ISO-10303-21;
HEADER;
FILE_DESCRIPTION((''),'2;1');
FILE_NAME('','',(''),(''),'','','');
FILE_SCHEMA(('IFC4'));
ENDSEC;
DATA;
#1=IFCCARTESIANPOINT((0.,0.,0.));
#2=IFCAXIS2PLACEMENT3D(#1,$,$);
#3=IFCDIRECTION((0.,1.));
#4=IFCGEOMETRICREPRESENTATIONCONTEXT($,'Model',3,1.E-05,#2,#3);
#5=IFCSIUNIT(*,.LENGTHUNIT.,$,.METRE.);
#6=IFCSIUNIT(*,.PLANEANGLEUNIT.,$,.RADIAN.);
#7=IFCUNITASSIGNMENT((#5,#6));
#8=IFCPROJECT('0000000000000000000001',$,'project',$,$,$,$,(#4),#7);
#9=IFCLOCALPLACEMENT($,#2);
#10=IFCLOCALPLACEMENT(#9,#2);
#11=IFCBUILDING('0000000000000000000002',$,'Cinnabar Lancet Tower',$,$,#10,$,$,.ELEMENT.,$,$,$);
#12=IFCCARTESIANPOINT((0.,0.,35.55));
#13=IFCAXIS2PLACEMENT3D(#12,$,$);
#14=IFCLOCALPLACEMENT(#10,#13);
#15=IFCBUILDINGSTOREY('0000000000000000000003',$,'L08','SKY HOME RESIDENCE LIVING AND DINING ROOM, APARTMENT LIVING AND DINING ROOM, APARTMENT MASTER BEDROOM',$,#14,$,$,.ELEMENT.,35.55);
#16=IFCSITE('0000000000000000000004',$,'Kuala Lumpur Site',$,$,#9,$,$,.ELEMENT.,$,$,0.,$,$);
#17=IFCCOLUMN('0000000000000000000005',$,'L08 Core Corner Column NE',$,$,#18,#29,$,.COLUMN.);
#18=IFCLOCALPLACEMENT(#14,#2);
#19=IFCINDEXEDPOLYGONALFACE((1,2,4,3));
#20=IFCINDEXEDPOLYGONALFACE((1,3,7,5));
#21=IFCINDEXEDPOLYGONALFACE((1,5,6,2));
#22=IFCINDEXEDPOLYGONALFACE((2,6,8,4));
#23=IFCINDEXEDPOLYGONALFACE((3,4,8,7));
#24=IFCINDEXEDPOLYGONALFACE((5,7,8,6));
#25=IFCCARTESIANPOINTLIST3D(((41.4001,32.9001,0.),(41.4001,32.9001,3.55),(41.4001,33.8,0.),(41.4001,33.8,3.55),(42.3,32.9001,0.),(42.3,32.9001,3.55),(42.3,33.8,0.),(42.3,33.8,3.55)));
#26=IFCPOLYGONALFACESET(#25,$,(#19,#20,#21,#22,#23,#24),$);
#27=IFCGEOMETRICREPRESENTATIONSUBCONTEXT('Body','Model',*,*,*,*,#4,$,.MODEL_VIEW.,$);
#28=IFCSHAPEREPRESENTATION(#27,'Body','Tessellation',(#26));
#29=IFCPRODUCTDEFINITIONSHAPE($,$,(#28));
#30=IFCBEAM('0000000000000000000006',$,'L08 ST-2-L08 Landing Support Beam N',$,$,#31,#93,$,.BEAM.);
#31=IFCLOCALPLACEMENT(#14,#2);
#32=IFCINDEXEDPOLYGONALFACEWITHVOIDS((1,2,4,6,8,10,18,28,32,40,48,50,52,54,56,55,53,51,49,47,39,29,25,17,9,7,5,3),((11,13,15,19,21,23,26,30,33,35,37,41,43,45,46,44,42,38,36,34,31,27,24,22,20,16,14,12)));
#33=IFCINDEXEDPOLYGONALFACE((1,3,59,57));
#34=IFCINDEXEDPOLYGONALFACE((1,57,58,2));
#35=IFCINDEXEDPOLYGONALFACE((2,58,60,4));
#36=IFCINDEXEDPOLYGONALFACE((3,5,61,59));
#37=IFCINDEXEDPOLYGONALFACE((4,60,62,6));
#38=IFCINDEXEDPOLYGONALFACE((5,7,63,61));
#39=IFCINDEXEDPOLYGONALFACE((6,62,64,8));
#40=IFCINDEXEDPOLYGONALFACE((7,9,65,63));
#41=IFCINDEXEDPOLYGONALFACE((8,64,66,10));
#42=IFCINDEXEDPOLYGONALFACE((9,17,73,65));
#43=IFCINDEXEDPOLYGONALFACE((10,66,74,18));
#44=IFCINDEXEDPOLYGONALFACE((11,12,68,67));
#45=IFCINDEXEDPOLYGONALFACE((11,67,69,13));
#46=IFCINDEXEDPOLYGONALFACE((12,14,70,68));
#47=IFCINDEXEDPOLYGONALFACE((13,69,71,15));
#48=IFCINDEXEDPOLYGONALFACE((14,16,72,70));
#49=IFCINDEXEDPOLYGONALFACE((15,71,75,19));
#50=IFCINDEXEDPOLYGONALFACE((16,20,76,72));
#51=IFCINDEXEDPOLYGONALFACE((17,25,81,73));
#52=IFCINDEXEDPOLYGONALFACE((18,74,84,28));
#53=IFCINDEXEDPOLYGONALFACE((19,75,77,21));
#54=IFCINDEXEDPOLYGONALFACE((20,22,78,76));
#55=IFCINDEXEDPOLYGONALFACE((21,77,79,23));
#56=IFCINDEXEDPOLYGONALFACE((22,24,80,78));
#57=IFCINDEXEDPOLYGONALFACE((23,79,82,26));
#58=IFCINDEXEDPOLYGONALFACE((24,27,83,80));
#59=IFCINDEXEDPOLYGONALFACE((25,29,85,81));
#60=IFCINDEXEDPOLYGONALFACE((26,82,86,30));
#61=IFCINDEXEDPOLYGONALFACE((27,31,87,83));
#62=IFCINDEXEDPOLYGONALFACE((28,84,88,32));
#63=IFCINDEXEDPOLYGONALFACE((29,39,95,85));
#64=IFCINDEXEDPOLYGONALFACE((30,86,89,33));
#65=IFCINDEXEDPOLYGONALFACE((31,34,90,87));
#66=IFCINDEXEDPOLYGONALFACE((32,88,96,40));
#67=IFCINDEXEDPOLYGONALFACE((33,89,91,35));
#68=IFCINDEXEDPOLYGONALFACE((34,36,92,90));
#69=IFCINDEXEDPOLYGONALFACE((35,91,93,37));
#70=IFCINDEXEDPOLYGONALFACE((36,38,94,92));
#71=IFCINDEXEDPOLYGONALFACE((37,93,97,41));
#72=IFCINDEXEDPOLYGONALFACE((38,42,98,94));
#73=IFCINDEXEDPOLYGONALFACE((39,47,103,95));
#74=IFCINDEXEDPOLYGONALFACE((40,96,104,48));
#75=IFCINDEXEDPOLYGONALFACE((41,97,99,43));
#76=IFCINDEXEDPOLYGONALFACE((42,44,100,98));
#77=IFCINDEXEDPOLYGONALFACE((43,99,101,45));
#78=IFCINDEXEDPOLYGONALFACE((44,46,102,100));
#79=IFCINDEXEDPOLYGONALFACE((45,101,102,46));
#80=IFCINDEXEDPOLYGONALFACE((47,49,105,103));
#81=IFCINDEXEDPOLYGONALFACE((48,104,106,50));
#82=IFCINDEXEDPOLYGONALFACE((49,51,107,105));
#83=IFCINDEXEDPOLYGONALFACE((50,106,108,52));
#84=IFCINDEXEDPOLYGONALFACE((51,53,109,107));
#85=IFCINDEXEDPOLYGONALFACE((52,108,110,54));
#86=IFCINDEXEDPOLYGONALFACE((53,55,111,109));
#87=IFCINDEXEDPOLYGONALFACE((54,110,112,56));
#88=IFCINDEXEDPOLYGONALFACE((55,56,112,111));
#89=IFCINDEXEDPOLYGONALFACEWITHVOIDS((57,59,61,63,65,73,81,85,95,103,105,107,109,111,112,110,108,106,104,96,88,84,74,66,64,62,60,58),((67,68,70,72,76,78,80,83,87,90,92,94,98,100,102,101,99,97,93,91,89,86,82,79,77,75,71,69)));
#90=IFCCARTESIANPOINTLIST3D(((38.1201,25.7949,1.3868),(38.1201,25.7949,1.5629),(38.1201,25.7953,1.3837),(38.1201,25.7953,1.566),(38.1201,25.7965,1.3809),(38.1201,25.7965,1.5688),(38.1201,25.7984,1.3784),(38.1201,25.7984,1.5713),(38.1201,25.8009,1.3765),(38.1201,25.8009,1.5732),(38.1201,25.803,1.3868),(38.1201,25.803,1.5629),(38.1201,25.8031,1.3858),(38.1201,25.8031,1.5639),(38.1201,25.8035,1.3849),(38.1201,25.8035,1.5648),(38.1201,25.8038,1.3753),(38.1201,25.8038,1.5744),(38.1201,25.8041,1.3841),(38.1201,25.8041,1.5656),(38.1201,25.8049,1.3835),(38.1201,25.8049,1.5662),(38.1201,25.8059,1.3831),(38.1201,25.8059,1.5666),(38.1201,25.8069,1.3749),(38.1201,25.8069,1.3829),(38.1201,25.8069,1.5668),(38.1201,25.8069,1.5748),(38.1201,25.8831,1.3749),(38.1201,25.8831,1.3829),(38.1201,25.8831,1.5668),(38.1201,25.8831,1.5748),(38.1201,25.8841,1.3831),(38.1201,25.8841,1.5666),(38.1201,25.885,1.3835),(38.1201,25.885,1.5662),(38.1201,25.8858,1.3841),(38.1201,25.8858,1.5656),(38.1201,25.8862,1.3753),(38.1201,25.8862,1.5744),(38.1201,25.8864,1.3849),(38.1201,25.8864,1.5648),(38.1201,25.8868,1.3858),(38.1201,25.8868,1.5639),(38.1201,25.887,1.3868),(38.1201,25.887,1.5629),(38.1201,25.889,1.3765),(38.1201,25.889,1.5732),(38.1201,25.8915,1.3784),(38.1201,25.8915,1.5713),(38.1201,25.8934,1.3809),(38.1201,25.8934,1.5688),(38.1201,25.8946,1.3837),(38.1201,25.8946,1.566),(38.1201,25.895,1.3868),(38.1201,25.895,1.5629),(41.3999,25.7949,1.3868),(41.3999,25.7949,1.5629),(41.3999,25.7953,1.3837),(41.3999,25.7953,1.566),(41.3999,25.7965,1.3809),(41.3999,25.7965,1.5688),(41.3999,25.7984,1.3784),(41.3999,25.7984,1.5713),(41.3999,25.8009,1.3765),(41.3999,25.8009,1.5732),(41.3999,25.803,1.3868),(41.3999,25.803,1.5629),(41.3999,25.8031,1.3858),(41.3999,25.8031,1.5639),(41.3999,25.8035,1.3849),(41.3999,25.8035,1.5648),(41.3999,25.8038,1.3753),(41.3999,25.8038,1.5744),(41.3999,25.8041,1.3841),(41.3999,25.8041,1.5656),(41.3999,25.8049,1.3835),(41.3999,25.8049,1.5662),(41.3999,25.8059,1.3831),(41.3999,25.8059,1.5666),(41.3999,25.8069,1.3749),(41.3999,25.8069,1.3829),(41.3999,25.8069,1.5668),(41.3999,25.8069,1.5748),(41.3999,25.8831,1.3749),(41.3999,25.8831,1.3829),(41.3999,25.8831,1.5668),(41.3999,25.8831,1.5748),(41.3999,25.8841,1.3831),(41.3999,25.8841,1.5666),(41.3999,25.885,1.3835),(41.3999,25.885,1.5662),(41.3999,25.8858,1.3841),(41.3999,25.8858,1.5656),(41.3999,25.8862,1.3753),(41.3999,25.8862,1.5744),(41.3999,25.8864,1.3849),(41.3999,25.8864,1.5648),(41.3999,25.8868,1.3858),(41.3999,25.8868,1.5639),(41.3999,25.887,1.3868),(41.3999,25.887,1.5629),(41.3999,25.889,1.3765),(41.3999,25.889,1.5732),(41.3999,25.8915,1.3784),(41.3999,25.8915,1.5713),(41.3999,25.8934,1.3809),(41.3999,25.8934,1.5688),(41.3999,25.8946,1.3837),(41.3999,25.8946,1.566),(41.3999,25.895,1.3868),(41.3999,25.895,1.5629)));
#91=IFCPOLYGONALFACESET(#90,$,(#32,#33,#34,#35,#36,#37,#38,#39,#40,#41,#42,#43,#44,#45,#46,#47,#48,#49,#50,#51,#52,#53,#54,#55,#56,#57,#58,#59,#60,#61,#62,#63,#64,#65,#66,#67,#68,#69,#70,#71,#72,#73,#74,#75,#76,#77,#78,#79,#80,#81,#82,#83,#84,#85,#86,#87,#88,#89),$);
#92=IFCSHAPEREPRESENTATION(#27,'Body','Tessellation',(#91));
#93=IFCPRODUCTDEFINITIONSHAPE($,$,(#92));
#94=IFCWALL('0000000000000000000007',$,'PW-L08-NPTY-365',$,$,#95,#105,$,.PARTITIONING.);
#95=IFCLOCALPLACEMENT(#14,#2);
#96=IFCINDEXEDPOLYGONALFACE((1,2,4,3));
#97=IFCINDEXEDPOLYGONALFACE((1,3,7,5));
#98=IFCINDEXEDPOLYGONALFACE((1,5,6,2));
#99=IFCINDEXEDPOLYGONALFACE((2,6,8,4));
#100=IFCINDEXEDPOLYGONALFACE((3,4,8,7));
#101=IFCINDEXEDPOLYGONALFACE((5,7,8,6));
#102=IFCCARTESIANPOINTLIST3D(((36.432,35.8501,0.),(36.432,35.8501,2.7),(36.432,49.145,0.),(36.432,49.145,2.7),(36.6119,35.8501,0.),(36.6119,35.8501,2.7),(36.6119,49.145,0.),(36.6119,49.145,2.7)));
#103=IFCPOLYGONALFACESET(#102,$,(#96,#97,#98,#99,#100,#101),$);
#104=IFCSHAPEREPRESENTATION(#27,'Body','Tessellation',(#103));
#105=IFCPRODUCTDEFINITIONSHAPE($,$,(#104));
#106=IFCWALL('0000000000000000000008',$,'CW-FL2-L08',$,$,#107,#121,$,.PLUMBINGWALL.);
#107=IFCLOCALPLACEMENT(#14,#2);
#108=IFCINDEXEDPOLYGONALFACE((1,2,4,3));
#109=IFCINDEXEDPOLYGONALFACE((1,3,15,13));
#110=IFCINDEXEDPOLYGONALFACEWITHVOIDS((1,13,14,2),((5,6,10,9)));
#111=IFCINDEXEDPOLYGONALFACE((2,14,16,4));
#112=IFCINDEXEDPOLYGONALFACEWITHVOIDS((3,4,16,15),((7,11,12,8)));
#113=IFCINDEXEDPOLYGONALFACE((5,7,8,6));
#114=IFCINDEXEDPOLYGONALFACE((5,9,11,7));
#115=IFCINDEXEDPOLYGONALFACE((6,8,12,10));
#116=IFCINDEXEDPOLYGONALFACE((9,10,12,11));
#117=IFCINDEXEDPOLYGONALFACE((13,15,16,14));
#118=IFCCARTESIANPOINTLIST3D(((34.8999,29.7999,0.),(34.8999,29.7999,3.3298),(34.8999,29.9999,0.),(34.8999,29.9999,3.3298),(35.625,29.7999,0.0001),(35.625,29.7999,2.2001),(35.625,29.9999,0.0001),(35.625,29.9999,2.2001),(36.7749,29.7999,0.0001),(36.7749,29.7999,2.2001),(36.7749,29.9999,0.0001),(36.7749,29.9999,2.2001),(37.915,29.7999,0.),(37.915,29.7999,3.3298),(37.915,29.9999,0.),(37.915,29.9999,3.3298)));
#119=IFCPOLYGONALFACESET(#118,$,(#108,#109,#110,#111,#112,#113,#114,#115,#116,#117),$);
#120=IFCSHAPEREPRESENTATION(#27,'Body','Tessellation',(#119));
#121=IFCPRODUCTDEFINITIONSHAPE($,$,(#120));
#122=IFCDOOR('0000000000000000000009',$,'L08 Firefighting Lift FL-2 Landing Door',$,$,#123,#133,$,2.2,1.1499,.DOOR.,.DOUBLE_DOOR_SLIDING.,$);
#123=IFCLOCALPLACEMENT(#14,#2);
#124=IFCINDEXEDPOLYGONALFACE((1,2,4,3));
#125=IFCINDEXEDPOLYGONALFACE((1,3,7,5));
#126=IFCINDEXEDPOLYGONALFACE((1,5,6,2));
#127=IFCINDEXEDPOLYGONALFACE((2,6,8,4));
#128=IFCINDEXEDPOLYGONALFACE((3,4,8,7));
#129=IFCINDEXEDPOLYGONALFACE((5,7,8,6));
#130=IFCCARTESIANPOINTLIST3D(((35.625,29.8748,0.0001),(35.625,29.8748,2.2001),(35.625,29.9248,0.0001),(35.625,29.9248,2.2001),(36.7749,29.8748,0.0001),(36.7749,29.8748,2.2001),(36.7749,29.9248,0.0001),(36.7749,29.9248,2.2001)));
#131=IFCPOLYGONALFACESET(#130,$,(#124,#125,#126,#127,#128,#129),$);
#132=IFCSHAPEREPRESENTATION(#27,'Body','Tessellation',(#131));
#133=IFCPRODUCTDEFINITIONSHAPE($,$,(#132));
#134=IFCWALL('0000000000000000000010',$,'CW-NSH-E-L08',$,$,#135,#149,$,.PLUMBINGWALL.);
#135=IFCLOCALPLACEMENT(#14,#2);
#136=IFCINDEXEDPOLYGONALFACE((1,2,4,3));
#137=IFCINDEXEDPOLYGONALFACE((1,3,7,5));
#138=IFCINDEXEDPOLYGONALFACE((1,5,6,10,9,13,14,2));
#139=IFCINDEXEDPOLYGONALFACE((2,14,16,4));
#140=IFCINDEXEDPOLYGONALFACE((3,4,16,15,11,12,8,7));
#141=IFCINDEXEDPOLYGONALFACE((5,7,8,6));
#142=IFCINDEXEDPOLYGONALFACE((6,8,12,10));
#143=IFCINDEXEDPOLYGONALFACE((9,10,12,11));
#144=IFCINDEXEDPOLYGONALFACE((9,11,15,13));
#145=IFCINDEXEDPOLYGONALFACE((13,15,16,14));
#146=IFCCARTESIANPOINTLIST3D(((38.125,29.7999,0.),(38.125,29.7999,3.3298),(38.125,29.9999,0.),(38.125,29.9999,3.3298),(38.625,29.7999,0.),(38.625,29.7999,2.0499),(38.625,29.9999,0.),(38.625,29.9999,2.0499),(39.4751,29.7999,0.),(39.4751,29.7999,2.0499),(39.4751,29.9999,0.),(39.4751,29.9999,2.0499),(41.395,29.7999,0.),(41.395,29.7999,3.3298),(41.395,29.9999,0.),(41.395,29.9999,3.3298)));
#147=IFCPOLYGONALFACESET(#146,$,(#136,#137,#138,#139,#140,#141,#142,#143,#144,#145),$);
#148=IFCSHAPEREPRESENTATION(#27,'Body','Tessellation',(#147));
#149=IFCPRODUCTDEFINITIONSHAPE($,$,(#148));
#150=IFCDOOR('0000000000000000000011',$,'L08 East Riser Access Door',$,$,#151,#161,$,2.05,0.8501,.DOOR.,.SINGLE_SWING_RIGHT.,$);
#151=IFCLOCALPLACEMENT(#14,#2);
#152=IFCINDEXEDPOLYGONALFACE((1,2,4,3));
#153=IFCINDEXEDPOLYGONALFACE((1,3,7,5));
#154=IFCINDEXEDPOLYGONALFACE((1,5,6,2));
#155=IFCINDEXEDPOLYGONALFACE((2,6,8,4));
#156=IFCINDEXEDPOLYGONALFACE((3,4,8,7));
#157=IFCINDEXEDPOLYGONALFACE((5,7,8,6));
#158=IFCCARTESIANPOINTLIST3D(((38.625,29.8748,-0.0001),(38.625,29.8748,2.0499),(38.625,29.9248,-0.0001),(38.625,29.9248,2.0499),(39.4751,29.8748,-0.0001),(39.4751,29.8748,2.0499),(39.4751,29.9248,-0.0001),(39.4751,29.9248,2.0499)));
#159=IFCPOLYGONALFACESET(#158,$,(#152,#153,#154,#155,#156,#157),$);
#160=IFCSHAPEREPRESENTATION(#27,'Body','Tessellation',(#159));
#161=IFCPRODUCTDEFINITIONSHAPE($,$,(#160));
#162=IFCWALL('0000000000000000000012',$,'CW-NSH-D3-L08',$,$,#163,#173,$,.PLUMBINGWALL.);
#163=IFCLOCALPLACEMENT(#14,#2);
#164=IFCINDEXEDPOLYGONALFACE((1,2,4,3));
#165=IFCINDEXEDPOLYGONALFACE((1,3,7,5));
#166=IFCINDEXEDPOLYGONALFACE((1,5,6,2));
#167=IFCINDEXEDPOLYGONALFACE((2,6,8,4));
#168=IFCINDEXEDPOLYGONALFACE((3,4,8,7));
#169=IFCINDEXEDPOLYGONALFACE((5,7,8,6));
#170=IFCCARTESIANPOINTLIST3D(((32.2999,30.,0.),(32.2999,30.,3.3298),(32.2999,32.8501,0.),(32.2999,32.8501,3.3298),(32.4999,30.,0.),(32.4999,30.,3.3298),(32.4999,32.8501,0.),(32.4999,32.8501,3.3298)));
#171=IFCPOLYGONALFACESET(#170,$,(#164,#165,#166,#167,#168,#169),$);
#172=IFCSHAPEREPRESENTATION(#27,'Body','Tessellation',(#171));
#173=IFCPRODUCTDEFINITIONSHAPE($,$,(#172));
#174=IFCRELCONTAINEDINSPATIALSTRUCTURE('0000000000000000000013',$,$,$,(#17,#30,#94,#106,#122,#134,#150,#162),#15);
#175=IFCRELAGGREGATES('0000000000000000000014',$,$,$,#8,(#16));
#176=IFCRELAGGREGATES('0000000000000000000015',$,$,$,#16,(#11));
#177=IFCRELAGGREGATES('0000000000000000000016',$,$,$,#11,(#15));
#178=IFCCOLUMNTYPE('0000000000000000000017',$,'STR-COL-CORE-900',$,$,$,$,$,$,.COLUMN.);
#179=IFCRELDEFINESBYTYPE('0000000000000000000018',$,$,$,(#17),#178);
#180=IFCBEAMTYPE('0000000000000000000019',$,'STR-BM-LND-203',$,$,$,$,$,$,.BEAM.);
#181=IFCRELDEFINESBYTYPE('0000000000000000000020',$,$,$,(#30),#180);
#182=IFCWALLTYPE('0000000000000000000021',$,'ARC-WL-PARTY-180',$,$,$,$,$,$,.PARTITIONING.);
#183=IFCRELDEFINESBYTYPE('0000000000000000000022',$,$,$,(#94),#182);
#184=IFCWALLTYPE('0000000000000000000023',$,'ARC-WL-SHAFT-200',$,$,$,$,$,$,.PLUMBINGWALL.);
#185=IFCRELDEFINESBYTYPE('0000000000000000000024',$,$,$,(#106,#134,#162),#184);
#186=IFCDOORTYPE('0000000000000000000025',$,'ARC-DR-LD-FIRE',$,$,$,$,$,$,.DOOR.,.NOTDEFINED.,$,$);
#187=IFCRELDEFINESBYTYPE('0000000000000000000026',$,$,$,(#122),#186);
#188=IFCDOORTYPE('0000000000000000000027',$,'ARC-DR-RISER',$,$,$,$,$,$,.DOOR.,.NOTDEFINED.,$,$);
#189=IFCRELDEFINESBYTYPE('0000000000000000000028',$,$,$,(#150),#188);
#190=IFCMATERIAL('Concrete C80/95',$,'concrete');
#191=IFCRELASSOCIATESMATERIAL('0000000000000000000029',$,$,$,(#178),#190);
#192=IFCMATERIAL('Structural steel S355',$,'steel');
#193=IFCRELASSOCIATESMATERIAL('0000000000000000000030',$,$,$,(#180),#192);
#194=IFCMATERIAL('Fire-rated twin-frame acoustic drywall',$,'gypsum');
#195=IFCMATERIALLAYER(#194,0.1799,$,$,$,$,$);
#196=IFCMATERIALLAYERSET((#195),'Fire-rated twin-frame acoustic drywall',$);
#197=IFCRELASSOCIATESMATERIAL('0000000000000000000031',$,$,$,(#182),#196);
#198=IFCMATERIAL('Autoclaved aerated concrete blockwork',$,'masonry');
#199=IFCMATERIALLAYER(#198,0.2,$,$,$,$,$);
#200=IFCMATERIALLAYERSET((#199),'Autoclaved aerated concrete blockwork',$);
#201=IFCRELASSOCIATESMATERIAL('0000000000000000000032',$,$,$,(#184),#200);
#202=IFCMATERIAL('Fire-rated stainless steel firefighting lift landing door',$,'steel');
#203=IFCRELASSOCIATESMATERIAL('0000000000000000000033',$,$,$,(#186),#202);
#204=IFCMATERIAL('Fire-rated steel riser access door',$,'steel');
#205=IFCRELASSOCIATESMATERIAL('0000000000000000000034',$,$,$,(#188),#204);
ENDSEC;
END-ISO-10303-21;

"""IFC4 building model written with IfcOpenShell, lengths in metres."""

from ifc_helpers import new_model, si_unit, direction, frame, frame_2d, origin, origin_2d, place, context, subcontext, project, spatial, rectangle, hollow_rectangle, extrude, material, layer, layer_set, material_profile, profile_set, type_object, element, fill, save


model = new_model("IFC4")

# Units and contexts
model_context = context("Model", 3, precision=1e-05, world=origin(), true_north=direction((0.0, 1.0)))
body_context = subcontext(model_context, "Body", "Model", "MODEL_VIEW")
ifc_project = project(units=[si_unit("LENGTHUNIT", "METRE"), si_unit("PLANEANGLEUNIT", "RADIAN")], contexts=[model_context])

# Site, building, storey
site_placement = place(None, origin())
site = spatial("IfcSite", under=ifc_project, at=site_placement, Name="Kuala Lumpur Site", CompositionType="ELEMENT", RefElevation=0.0)
building_placement = place(site_placement, origin())
building = spatial("IfcBuilding", under=site, at=building_placement, Name="Cinnabar Lancet Tower", CompositionType="ELEMENT")
storey_placement = place(building_placement, frame((0.0, 0.0, 35.55)))
storey = spatial("IfcBuildingStorey", under=building, at=storey_placement, Name="L08", Description="SKY HOME RESIDENCE LIVING AND DINING ROOM, APARTMENT LIVING AND DINING ROOM, APARTMENT MASTER BEDROOM", CompositionType="ELEMENT", Elevation=35.55)

# Column
ifc_material_1 = material(Name="Concrete C80/95", Category="concrete")
ifc_material_profile_1 = material_profile(ifc_material_1, rectangle(XDim=0.8999, YDim=0.8999, at=origin_2d()), Name="RC-COL 900x900")
ifc_profile_set_1 = profile_set([ifc_material_profile_1], Name="Concrete C80/95")
column_type = type_object("IfcColumnType", Name="STR-COL-CORE-900", PredefinedType="COLUMN", material=ifc_profile_set_1)
column_placement = place(storey_placement, frame((41.8501, 33.3501, 0.0), z_axis=(0.0, 0.0, 1.0), x_axis=(1.0, 0.0, 0.0)))
element("IfcColumn", 1, at=column_placement, inside=storey, type_object=column_type, Name="L08 Core Corner Column NE", PredefinedType="COLUMN", context=body_context, shape_type="SweptSolid", body=[
    extrude(rectangle(XDim=0.8999, YDim=0.8999, at=origin_2d()), origin(), (0.0, 0.0, 1.0), 3.55),
])

# Beam
ifc_material_2 = material(Name="Structural steel S355", Category="steel")
ifc_material_profile_2 = material_profile(ifc_material_2, hollow_rectangle(XDim=0.1001, YDim=0.2, WallThickness=0.0081, InnerFilletRadius=0.0039, OuterFilletRadius=0.012, at=origin_2d()), Name="RHS 200x100x8")
ifc_profile_set_2 = profile_set([ifc_material_profile_2], Name="Structural steel S355")
beam_type = type_object("IfcBeamType", Name="STR-BM-LND-203", PredefinedType="BEAM", material=ifc_profile_set_2)
beam_placement = place(storey_placement, frame((38.1201, 25.845, 1.4749), z_axis=(1.0, 0.0, 0.0), x_axis=(0.0, 1.0, 0.0)))
element("IfcBeam", 2, at=beam_placement, inside=storey, type_object=beam_type, Name="L08 ST-2-L08 Landing Support Beam N", PredefinedType="BEAM", context=body_context, shape_type="SweptSolid", body=[
    extrude(hollow_rectangle(XDim=0.1001, YDim=0.2, WallThickness=0.0081, InnerFilletRadius=0.0039, OuterFilletRadius=0.012, at=origin_2d()), origin(), (0.0, 0.0, 1.0), 3.2798),
])

# Wall
ifc_material_3 = material(Name="Fire-rated twin-frame acoustic drywall", Category="gypsum")
ifc_layer_1 = layer(ifc_material_3, 0.1799)
ifc_layer_set_1 = layer_set([ifc_layer_1], Name="Fire-rated twin-frame acoustic drywall")
wall_type_1 = type_object("IfcWallType", Name="ARC-WL-PARTY-180", PredefinedType="PARTITIONING", material=ifc_layer_set_1)
wall_1_placement = place(storey_placement, frame((36.522, 35.8501, 0.0), z_axis=(0.0, 0.0, 1.0), x_axis=(0.0, 1.0, 0.0)))
element("IfcWall", 3, at=wall_1_placement, inside=storey, type_object=wall_type_1, Name="PW-L08-NPTY-365", PredefinedType="PARTITIONING", context=body_context, shape_type="SweptSolid", body=[
    extrude(rectangle(XDim=13.2949, YDim=0.1799, at=frame_2d((6.6475, 0.0))), origin(), (0.0, 0.0, 1.0), 2.7),
])

# Walls, openings, doors
ifc_material_4 = material(Name="Autoclaved aerated concrete blockwork", Category="masonry")
ifc_layer_2 = layer(ifc_material_4, 0.2)
ifc_layer_set_2 = layer_set([ifc_layer_2], Name="Autoclaved aerated concrete blockwork")
wall_type_2 = type_object("IfcWallType", Name="ARC-WL-SHAFT-200", PredefinedType="PLUMBINGWALL", material=ifc_layer_set_2)
wall_2_placement = place(storey_placement, frame((34.8999, 29.8999, 0.0), z_axis=(0.0, 0.0, 1.0), x_axis=(1.0, 0.0, 0.0)))
wall_2 = element("IfcWall", 4, at=wall_2_placement, inside=storey, type_object=wall_type_2, Name="CW-FL2-L08", PredefinedType="PLUMBINGWALL", context=body_context, shape_type="SweptSolid", body=[
    extrude(rectangle(XDim=3.0151, YDim=0.2, at=frame_2d((1.5076, 0.0))), origin(), (0.0, 0.0, 1.0), 3.3298),
])
opening_1_placement = place(wall_2_placement, frame((0.7251, 0.0, 0.0)))
opening_1 = element("IfcOpeningElement", 5, at=opening_1_placement, cuts=wall_2, PredefinedType="OPENING", context=body_context, shape_type="SweptSolid", body=[
    extrude(rectangle(XDim=1.1499, YDim=2.2, at=frame_2d((0.575, 1.1001))), frame((0.0, 0.1099, 0.0), z_axis=(0.0, -1.0, 0.0), x_axis=(1.0, 0.0, 0.0)), (0.0, 0.0, 1.0), 0.22),
])
ifc_material_5 = material(Name="Fire-rated stainless steel firefighting lift landing door", Category="steel")
door_type_1 = type_object("IfcDoorType", Name="ARC-DR-LD-FIRE", OperationType="NOTDEFINED", PredefinedType="DOOR", material=ifc_material_5)
door_1_placement = place(opening_1_placement, origin())
door_1 = element("IfcDoor", 6, at=door_1_placement, inside=storey, type_object=door_type_1, Name="L08 Firefighting Lift FL-2 Landing Door", OperationType="DOUBLE_DOOR_SLIDING", OverallHeight=2.2, OverallWidth=1.1499, PredefinedType="DOOR", context=body_context, shape_type="SweptSolid", body=[
    extrude(rectangle(XDim=1.1499, YDim=2.2, at=frame_2d((0.575, 1.1001))), frame((0.0, 0.0249, 0.0), z_axis=(0.0, -1.0, 0.0), x_axis=(1.0, 0.0, 0.0)), (0.0, 0.0, 1.0), 0.05),
])
fill(opening_1, door_1)
wall_3_placement = place(storey_placement, frame((38.125, 29.8999, 0.0), z_axis=(0.0, 0.0, 1.0), x_axis=(1.0, 0.0, 0.0)))
wall_3 = element("IfcWall", 7, at=wall_3_placement, inside=storey, type_object=wall_type_2, Name="CW-NSH-E-L08", PredefinedType="PLUMBINGWALL", context=body_context, shape_type="SweptSolid", body=[
    extrude(rectangle(XDim=3.27, YDim=0.2, at=frame_2d((1.635, 0.0))), origin(), (0.0, 0.0, 1.0), 3.3298),
])
opening_2_placement = place(wall_3_placement, frame((0.5, 0.0, 0.0)))
opening_2 = element("IfcOpeningElement", 8, at=opening_2_placement, cuts=wall_3, PredefinedType="OPENING", context=body_context, shape_type="SweptSolid", body=[
    extrude(rectangle(XDim=0.8501, YDim=2.05, at=frame_2d((0.425, 1.0249))), frame((0.0, 0.1099, 0.0), z_axis=(0.0, -1.0, 0.0), x_axis=(1.0, 0.0, 0.0)), (0.0, 0.0, 1.0), 0.22),
])
ifc_material_6 = material(Name="Fire-rated steel riser access door", Category="steel")
door_type_2 = type_object("IfcDoorType", Name="ARC-DR-RISER", OperationType="NOTDEFINED", PredefinedType="DOOR", material=ifc_material_6)
door_2_placement = place(opening_2_placement, origin())
door_2 = element("IfcDoor", 9, at=door_2_placement, inside=storey, type_object=door_type_2, Name="L08 East Riser Access Door", OperationType="SINGLE_SWING_RIGHT", OverallHeight=2.05, OverallWidth=0.8501, PredefinedType="DOOR", context=body_context, shape_type="SweptSolid", body=[
    extrude(rectangle(XDim=0.8501, YDim=2.05, at=frame_2d((0.425, 1.0249))), frame((0.0, 0.0249, 0.0), z_axis=(0.0, -1.0, 0.0), x_axis=(1.0, 0.0, 0.0)), (0.0, 0.0, 1.0), 0.05),
])
fill(opening_2, door_2)

# Wall
for number, where, z_axis, x_axis, name in (
    (10, (32.3999, 30.0, 0.0), (0.0, 0.0, 1.0), (0.0, 1.0, 0.0), "CW-NSH-D3-L08"),
):
    element("IfcWall", number, at=place(storey_placement, frame(where, z_axis=z_axis, x_axis=x_axis)), inside=storey, type_object=wall_type_2, Name=name, PredefinedType="PLUMBINGWALL", context=body_context, shape_type="SweptSolid", body=[
        extrude(rectangle(XDim=2.8501, YDim=0.2, at=frame_2d((1.425, 0.0))), origin(), (0.0, 0.0, 1.0), 3.3298),
    ])

save(model, "model.ifc")
